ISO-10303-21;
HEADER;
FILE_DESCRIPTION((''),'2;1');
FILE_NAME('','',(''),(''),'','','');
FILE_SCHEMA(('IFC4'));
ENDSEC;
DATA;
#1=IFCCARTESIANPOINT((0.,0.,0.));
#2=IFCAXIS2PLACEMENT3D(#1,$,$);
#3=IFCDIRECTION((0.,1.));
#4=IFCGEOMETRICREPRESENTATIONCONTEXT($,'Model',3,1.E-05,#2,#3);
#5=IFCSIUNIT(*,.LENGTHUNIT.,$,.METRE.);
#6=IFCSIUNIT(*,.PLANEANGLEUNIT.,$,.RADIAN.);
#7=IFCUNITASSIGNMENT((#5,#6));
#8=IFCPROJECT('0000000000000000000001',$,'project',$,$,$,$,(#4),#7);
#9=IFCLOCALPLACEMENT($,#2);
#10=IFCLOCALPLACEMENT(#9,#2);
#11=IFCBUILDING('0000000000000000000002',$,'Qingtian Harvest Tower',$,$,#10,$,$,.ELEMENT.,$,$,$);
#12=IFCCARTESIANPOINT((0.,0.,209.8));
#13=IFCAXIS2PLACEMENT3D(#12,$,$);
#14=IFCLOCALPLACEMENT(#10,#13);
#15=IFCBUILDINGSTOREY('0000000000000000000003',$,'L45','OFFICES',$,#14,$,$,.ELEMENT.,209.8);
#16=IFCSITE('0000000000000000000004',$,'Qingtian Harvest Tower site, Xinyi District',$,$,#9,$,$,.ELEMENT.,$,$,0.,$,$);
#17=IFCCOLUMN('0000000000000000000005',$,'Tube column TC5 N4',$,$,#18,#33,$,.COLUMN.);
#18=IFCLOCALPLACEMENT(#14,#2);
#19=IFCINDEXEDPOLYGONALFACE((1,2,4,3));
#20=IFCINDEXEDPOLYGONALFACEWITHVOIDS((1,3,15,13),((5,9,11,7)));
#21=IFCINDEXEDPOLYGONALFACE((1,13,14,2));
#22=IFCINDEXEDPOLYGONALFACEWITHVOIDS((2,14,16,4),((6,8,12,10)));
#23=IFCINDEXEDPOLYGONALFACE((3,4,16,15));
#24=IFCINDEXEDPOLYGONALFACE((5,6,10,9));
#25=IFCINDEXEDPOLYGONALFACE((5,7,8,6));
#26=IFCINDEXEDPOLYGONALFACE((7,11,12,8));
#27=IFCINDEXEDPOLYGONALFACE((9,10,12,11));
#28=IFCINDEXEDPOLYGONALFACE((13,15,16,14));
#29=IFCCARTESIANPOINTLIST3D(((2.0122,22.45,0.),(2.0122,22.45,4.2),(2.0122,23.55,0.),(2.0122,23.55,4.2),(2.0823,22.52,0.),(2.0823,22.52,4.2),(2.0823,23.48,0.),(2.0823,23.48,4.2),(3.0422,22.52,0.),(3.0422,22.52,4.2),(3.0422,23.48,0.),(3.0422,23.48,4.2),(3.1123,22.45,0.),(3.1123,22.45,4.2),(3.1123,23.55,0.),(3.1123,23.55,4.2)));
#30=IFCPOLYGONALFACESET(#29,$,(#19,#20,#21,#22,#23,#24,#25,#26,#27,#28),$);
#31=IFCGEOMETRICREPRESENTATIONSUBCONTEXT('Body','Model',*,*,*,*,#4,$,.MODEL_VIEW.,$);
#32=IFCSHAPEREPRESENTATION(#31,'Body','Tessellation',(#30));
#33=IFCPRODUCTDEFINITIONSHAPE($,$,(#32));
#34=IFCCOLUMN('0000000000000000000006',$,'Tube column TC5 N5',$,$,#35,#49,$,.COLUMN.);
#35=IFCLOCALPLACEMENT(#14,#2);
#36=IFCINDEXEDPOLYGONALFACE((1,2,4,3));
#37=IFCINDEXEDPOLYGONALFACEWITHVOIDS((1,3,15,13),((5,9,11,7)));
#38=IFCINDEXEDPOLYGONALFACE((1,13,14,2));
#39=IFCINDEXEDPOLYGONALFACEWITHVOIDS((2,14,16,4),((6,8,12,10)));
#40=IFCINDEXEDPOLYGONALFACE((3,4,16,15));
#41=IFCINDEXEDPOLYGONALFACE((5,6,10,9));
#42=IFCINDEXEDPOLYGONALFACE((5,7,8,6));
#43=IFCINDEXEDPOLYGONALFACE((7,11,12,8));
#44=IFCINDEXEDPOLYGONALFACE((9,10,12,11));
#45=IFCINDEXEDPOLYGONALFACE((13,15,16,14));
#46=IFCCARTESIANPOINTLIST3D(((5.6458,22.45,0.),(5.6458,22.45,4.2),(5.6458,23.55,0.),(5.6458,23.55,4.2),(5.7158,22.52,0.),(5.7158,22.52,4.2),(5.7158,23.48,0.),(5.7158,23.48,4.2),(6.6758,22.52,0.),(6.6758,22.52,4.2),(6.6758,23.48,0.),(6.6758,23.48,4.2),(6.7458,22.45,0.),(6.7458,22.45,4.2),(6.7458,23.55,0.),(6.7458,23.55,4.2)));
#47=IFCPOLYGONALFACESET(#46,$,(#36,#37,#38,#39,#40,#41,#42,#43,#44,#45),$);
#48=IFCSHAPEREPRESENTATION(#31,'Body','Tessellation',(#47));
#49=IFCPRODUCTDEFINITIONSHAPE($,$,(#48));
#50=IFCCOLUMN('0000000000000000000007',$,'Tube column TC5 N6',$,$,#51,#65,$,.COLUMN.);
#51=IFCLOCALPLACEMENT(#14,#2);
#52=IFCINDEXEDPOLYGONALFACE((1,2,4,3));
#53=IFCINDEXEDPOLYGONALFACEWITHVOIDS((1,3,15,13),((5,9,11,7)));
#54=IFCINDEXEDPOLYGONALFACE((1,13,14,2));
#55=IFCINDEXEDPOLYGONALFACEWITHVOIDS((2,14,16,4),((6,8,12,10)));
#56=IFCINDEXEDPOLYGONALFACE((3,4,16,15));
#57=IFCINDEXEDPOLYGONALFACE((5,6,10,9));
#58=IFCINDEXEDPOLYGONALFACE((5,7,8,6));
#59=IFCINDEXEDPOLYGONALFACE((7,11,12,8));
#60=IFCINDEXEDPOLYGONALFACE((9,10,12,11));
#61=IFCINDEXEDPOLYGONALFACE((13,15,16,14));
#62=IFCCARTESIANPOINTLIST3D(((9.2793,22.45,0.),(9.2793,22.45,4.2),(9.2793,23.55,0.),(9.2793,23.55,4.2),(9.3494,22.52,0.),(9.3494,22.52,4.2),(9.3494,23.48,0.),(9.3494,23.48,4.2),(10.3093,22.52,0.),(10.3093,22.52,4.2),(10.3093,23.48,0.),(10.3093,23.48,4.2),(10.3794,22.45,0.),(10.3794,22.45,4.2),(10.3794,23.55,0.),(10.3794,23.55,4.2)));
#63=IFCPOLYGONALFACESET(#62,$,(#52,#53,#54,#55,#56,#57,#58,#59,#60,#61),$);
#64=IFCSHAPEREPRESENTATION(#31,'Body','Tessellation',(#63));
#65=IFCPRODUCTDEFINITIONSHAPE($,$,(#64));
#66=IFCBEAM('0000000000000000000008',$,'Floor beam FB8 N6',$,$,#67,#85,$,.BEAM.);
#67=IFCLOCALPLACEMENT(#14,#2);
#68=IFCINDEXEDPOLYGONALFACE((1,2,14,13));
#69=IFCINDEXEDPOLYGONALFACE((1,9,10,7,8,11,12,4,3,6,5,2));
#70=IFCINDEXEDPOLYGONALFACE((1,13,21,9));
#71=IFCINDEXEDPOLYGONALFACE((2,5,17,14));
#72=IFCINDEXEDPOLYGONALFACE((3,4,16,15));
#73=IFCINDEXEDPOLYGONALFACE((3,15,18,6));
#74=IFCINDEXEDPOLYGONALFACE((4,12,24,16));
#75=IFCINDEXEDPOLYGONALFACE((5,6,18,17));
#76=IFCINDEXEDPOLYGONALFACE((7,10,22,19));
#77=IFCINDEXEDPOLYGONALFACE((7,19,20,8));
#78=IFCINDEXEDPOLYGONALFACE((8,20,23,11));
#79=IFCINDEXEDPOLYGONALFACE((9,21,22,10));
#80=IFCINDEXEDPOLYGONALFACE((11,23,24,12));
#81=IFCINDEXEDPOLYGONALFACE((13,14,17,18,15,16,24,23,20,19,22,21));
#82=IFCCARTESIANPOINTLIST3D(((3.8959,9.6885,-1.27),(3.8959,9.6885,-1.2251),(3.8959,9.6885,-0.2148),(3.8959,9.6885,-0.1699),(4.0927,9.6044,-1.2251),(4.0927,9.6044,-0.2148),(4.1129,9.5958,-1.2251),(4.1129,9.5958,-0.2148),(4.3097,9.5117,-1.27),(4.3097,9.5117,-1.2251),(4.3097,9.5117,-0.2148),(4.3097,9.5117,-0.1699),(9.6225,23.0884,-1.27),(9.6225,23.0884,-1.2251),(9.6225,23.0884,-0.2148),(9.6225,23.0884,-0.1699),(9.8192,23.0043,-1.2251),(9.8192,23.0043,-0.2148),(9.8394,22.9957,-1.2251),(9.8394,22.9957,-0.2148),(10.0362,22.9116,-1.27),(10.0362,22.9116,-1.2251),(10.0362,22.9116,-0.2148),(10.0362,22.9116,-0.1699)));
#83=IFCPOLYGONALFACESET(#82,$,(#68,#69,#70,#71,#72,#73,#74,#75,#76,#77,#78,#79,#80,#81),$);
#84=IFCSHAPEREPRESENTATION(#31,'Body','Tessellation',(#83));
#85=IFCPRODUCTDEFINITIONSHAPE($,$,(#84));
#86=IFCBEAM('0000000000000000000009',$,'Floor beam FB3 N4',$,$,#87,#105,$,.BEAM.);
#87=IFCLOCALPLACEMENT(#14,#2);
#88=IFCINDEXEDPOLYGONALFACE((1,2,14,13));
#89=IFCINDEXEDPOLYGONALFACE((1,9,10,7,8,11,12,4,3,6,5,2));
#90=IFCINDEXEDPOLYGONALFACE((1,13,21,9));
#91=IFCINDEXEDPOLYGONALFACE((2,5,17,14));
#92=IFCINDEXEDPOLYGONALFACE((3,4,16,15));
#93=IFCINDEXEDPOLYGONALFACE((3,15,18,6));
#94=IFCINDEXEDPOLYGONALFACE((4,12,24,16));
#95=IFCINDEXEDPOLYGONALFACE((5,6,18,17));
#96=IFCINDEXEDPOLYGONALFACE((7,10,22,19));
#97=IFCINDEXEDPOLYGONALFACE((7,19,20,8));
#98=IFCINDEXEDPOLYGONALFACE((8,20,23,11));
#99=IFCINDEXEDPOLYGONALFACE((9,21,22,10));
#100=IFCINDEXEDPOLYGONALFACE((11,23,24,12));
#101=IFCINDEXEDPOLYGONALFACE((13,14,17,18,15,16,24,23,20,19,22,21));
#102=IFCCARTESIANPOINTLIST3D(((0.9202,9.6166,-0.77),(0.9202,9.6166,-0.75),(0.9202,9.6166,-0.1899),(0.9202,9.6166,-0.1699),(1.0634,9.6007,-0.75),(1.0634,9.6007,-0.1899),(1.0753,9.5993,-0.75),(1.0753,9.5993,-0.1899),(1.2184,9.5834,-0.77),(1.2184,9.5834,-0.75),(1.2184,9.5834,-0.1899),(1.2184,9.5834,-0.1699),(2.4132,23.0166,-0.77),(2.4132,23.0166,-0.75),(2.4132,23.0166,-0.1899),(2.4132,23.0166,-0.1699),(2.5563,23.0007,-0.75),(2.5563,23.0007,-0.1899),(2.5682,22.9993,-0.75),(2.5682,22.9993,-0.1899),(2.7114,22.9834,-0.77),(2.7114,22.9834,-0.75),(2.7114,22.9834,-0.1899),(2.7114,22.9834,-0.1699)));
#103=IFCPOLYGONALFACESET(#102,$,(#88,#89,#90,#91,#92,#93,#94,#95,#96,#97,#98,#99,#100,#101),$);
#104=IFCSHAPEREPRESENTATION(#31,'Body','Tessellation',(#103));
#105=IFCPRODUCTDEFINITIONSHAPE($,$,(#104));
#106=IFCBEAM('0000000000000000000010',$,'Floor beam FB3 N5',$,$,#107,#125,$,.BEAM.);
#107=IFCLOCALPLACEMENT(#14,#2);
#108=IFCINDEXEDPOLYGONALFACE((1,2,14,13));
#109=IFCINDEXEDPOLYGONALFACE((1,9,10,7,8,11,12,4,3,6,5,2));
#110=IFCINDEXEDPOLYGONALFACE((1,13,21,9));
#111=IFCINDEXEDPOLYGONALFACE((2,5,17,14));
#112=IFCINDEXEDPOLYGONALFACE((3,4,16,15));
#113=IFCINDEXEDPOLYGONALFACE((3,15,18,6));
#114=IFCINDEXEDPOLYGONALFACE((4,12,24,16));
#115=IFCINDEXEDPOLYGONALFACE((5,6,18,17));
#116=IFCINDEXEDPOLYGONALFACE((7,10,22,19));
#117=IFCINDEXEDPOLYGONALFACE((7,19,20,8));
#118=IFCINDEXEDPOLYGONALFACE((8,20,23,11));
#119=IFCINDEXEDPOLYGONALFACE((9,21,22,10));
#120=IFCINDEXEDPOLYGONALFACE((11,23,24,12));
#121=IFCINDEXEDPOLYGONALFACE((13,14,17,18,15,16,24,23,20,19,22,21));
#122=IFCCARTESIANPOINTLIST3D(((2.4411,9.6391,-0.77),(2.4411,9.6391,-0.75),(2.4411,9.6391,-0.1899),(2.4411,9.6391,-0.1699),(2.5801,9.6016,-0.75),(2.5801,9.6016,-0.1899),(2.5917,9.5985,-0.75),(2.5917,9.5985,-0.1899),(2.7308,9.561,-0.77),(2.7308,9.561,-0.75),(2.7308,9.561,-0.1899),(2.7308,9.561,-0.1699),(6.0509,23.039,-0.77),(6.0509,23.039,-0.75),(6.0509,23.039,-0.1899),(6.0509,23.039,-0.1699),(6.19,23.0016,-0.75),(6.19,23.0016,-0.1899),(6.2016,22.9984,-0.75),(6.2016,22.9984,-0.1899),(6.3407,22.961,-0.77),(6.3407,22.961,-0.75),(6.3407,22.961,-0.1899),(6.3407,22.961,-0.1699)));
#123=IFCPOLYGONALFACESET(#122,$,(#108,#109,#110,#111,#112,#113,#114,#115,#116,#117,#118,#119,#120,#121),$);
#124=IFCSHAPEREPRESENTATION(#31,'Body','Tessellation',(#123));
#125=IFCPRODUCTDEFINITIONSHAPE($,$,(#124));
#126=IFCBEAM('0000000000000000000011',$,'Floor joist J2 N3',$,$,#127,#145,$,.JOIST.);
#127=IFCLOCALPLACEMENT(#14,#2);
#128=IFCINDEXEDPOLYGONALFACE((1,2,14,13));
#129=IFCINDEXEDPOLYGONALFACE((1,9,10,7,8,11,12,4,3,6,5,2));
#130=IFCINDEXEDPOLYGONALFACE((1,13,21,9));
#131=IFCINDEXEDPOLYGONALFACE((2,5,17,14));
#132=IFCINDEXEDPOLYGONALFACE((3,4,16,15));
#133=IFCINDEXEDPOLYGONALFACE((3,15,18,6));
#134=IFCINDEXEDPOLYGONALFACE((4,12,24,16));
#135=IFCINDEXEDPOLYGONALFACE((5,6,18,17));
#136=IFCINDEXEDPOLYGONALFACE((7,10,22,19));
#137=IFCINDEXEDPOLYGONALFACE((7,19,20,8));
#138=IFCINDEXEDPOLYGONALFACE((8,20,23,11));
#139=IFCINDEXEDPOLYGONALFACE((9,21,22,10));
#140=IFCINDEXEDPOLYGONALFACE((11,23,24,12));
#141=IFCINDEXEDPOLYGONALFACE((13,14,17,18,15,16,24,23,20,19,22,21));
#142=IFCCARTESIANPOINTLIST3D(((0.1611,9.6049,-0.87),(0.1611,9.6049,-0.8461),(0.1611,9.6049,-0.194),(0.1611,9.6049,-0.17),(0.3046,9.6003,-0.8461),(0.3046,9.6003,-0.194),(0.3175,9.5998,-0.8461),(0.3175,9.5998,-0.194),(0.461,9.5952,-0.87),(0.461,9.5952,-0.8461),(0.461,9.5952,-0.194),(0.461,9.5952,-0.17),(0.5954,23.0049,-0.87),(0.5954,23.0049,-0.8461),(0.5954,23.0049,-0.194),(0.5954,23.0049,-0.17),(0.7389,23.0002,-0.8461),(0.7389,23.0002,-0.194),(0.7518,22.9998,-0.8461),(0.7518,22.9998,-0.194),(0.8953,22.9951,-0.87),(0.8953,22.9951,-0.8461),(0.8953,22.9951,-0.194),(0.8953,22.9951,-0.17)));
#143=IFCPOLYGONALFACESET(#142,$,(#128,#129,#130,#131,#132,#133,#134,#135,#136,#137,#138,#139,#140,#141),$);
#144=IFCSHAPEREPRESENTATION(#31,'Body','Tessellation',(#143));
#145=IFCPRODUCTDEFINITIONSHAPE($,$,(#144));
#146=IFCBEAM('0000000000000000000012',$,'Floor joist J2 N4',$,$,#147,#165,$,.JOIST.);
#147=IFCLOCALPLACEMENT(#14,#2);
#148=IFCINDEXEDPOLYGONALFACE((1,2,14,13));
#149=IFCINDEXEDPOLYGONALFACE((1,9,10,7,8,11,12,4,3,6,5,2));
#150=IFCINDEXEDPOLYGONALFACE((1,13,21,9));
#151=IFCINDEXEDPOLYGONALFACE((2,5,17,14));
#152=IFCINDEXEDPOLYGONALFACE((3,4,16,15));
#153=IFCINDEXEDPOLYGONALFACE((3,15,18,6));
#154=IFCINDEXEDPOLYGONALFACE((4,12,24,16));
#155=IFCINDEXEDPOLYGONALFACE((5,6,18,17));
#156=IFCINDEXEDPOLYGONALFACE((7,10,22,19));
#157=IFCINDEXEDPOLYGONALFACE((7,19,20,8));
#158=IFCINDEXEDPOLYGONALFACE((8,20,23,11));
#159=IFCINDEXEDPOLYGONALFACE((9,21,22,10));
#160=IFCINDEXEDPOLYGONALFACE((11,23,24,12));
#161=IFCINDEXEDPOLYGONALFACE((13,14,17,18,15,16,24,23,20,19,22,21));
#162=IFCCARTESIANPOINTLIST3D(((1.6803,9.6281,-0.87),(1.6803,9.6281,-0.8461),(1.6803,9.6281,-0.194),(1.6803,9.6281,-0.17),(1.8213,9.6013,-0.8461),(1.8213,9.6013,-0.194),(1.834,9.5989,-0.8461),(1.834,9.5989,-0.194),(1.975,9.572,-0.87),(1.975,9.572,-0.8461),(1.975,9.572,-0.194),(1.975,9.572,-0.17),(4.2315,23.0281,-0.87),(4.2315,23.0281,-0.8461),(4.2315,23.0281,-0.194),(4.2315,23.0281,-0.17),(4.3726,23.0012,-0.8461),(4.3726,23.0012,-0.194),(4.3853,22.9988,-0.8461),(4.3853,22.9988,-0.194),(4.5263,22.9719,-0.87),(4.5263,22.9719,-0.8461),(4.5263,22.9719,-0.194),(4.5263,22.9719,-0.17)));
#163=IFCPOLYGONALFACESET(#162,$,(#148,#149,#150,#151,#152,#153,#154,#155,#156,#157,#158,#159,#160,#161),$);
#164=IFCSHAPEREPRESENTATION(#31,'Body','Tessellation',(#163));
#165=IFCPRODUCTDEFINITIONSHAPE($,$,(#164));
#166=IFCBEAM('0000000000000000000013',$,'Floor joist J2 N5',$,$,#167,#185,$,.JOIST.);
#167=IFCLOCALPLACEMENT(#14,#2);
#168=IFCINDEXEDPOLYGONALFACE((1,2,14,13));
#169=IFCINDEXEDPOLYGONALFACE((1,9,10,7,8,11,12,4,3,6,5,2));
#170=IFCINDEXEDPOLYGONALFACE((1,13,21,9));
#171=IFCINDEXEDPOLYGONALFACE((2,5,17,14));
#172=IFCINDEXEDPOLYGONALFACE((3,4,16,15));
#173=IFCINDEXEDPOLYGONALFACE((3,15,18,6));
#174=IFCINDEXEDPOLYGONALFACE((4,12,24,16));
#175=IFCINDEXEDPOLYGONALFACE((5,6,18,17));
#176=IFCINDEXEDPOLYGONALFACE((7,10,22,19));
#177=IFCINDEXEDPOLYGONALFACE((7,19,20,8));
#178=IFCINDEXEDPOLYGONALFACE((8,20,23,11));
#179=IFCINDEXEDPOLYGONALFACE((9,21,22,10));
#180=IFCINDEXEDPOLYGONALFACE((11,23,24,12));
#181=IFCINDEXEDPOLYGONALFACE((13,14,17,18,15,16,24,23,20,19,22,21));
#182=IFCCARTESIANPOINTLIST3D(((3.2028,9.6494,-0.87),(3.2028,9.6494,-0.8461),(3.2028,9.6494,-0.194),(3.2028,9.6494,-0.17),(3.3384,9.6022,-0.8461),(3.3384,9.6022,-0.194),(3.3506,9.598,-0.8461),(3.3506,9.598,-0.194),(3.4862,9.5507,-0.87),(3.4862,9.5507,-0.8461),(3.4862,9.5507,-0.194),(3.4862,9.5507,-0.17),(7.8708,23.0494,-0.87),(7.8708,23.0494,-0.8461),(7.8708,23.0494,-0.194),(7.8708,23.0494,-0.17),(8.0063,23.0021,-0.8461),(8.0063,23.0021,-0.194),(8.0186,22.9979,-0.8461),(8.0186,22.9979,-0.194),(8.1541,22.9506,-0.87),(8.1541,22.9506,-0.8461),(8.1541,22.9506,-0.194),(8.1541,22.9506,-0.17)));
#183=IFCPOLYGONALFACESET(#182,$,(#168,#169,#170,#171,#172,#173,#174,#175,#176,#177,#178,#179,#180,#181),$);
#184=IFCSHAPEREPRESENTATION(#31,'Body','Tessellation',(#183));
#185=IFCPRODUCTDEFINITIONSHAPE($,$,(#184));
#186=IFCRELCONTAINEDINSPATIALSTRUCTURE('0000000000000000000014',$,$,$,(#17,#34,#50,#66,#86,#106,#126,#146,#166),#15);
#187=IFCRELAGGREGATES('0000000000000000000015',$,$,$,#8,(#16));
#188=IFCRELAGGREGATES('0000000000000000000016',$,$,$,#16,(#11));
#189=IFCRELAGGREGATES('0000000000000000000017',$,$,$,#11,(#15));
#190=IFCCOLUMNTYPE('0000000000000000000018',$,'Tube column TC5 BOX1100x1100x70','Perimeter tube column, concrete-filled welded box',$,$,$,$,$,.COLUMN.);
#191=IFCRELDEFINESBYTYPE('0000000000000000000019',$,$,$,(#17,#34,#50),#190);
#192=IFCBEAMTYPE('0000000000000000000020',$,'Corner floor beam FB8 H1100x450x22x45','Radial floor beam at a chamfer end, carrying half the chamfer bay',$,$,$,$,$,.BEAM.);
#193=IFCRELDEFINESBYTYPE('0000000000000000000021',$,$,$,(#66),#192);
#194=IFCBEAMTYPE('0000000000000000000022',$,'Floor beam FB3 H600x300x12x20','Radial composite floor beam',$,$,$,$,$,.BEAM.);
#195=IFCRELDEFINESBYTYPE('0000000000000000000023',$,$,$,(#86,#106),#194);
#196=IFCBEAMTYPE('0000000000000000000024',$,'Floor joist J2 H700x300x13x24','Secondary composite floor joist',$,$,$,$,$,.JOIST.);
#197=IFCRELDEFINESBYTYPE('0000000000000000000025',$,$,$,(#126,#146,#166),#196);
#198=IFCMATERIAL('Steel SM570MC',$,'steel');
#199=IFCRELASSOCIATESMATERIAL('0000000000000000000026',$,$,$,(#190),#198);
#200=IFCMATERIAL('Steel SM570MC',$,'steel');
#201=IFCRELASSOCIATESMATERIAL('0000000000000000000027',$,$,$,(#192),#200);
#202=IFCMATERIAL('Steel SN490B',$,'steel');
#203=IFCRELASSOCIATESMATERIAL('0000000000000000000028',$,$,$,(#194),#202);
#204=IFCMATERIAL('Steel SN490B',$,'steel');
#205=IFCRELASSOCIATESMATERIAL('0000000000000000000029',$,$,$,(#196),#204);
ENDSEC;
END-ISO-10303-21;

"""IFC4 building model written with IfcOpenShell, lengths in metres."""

from ifc_helpers import new_model, si_unit, direction, frame, origin, origin_2d, place, context, subcontext, project, spatial, hollow_rectangle, i_section, extrude, material, material_profile, profile_set, type_object, element, save


model = new_model("IFC4")

# Units and contexts
model_context = context("Model", 3, precision=1e-05, world=origin(), true_north=direction((0.0, 1.0)))
body_context = subcontext(model_context, "Body", "Model", "MODEL_VIEW")
ifc_project = project(units=[si_unit("LENGTHUNIT", "METRE"), si_unit("PLANEANGLEUNIT", "RADIAN")], contexts=[model_context])

# Site, building, storey
site_placement = place(None, origin())
site = spatial("IfcSite", under=ifc_project, at=site_placement, Name="Qingtian Harvest Tower site, Xinyi District", CompositionType="ELEMENT", RefElevation=0.0)
building_placement = place(site_placement, origin())
building = spatial("IfcBuilding", under=site, at=building_placement, Name="Qingtian Harvest Tower", CompositionType="ELEMENT")
storey_placement = place(building_placement, frame((0.0, 0.0, 209.8)))
storey = spatial("IfcBuildingStorey", under=building, at=storey_placement, Name="L45", Description="OFFICES", CompositionType="ELEMENT", Elevation=209.8)

# Columns
ifc_material_1 = material(Name="Steel SM570MC", Category="steel")
ifc_material_profile_1 = material_profile(ifc_material_1, hollow_rectangle(XDim=1.1001, YDim=1.1001, WallThickness=0.0701, at=origin_2d()), Name="BOX1100x1100x70")
ifc_profile_set_1 = profile_set([ifc_material_profile_1], Name="Steel SM570MC")
column_type = type_object("IfcColumnType", Name="Tube column TC5 BOX1100x1100x70", Description="Perimeter tube column, concrete-filled welded box", PredefinedType="COLUMN", material=ifc_profile_set_1)
for number, where, z_axis, x_axis, name in (
    (1, (2.5623, 23.0, 0.0), (0.0, 0.0, 1.0), (-1.0, 0.0, 0.0), "Tube column TC5 N4"),
    (2, (6.1958, 23.0, 0.0), (0.0, 0.0, 1.0), (-1.0, 0.0, 0.0), "Tube column TC5 N5"),
    (3, (9.8293, 23.0, 0.0), (0.0, 0.0, 1.0), (-1.0, 0.0, 0.0), "Tube column TC5 N6"),
):
    element("IfcColumn", number, at=place(storey_placement, frame(where, z_axis=z_axis, x_axis=x_axis)), inside=storey, type_object=column_type, Name=name, PredefinedType="COLUMN", context=body_context, shape_type="SweptSolid", body=[
        extrude(hollow_rectangle(XDim=1.1001, YDim=1.1001, WallThickness=0.0701, at=origin_2d()), origin(), (0.0, 0.0, 1.0), 4.2),
    ])

# Beams
ifc_material_2 = material(Name="Steel SM570MC", Category="steel")
ifc_material_profile_2 = material_profile(ifc_material_2, i_section(OverallWidth=0.45, OverallDepth=1.1001, WebThickness=0.022, FlangeThickness=0.0449, at=origin_2d()), Name="H1100x450x22x45")
ifc_profile_set_2 = profile_set([ifc_material_profile_2], Name="Steel SM570MC")
beam_type_1 = type_object("IfcBeamType", Name="Corner floor beam FB8 H1100x450x22x45", Description="Radial floor beam at a chamfer end, carrying half the chamfer bay", PredefinedType="BEAM", material=ifc_profile_set_2)
beam_1_placement = place(storey_placement, frame((9.8293, 23.0, -0.72), z_axis=(-0.392977, -0.919548, 0.0), x_axis=(0.919548, -0.392977, 0.0)))
element("IfcBeam", 4, at=beam_1_placement, inside=storey, type_object=beam_type_1, Name="Floor beam FB8 N6", PredefinedType="BEAM", context=body_context, shape_type="SweptSolid", body=[
    extrude(i_section(OverallWidth=0.45, OverallDepth=1.1001, WebThickness=0.022, FlangeThickness=0.0449, at=origin_2d()), origin(), (0.0, 0.0, 1.0), 14.5723),
])
ifc_material_3 = material(Name="Steel SN490B", Category="steel")
ifc_material_profile_3 = material_profile(ifc_material_3, i_section(OverallWidth=0.3, OverallDepth=0.6001, WebThickness=0.012, FlangeThickness=0.02, at=origin_2d()), Name="H600x300x12x20")
ifc_profile_set_3 = profile_set([ifc_material_profile_3], Name="Steel SN490B")
beam_type_2 = type_object("IfcBeamType", Name="Floor beam FB3 H600x300x12x20", Description="Radial composite floor beam", PredefinedType="BEAM", material=ifc_profile_set_3)
beam_2_placement = place(storey_placement, frame((2.5623, 23.0, -0.47), z_axis=(-0.110728, -0.993851, 0.0), x_axis=(0.993851, -0.110728, 0.0)))
element("IfcBeam", 5, at=beam_2_placement, inside=storey, type_object=beam_type_2, Name="Floor beam FB3 N4", PredefinedType="BEAM", context=body_context, shape_type="SweptSolid", body=[
    extrude(i_section(OverallWidth=0.3, OverallDepth=0.6001, WebThickness=0.012, FlangeThickness=0.02, at=origin_2d()), origin(), (0.0, 0.0, 1.0), 13.4829),
])
beam_3_placement = place(storey_placement, frame((6.1958, 23.0, -0.47), z_axis=(-0.260121, -0.965576, 0.0), x_axis=(0.965576, -0.260121, 0.0)))
element("IfcBeam", 6, at=beam_3_placement, inside=storey, type_object=beam_type_2, Name="Floor beam FB3 N5", PredefinedType="BEAM", context=body_context, shape_type="SweptSolid", body=[
    extrude(i_section(OverallWidth=0.3, OverallDepth=0.6001, WebThickness=0.012, FlangeThickness=0.02, at=origin_2d()), origin(), (0.0, 0.0, 1.0), 13.8777),
])
ifc_material_4 = material(Name="Steel SN490B", Category="steel")
ifc_material_profile_4 = material_profile(ifc_material_4, i_section(OverallWidth=0.3, OverallDepth=0.7, WebThickness=0.0129, FlangeThickness=0.0239, at=origin_2d()), Name="H700x300x13x24")
ifc_profile_set_4 = profile_set([ifc_material_profile_4], Name="Steel SN490B")
beam_type_3 = type_object("IfcBeamType", Name="Floor joist J2 H700x300x13x24", Description="Secondary composite floor joist", PredefinedType="JOIST", material=ifc_profile_set_4)
beam_4_placement = place(storey_placement, frame((0.7454, 23.0, -0.52), z_axis=(-0.032396, -0.999475, 0.0), x_axis=(0.999475, -0.032396, 0.0)))
element("IfcBeam", 7, at=beam_4_placement, inside=storey, type_object=beam_type_3, Name="Floor joist J2 N3", PredefinedType="JOIST", context=body_context, shape_type="SweptSolid", body=[
    extrude(i_section(OverallWidth=0.3, OverallDepth=0.7, WebThickness=0.0129, FlangeThickness=0.0239, at=origin_2d()), origin(), (0.0, 0.0, 1.0), 13.407),
])
beam_5_placement = place(storey_placement, frame((4.3789, 23.0, -0.52), z_axis=(-0.187035, -0.982353, 0.0), x_axis=(0.982353, -0.187035, 0.0)))
element("IfcBeam", 8, at=beam_5_placement, inside=storey, type_object=beam_type_3, Name="Floor joist J2 N4", PredefinedType="JOIST", context=body_context, shape_type="SweptSolid", body=[
    extrude(i_section(OverallWidth=0.3, OverallDepth=0.7, WebThickness=0.0129, FlangeThickness=0.0239, at=origin_2d()), origin(), (0.0, 0.0, 1.0), 13.6406),
])
beam_6_placement = place(storey_placement, frame((8.0125, 23.0, -0.52), z_axis=(-0.328969, -0.944341, 0.0), x_axis=(0.944341, -0.328969, 0.0)))
element("IfcBeam", 9, at=beam_6_placement, inside=storey, type_object=beam_type_3, Name="Floor joist J2 N5", PredefinedType="JOIST", context=body_context, shape_type="SweptSolid", body=[
    extrude(i_section(OverallWidth=0.3, OverallDepth=0.7, WebThickness=0.0129, FlangeThickness=0.0239, at=origin_2d()), origin(), (0.0, 0.0, 1.0), 14.1897),
])

save(model, "model.ifc")
